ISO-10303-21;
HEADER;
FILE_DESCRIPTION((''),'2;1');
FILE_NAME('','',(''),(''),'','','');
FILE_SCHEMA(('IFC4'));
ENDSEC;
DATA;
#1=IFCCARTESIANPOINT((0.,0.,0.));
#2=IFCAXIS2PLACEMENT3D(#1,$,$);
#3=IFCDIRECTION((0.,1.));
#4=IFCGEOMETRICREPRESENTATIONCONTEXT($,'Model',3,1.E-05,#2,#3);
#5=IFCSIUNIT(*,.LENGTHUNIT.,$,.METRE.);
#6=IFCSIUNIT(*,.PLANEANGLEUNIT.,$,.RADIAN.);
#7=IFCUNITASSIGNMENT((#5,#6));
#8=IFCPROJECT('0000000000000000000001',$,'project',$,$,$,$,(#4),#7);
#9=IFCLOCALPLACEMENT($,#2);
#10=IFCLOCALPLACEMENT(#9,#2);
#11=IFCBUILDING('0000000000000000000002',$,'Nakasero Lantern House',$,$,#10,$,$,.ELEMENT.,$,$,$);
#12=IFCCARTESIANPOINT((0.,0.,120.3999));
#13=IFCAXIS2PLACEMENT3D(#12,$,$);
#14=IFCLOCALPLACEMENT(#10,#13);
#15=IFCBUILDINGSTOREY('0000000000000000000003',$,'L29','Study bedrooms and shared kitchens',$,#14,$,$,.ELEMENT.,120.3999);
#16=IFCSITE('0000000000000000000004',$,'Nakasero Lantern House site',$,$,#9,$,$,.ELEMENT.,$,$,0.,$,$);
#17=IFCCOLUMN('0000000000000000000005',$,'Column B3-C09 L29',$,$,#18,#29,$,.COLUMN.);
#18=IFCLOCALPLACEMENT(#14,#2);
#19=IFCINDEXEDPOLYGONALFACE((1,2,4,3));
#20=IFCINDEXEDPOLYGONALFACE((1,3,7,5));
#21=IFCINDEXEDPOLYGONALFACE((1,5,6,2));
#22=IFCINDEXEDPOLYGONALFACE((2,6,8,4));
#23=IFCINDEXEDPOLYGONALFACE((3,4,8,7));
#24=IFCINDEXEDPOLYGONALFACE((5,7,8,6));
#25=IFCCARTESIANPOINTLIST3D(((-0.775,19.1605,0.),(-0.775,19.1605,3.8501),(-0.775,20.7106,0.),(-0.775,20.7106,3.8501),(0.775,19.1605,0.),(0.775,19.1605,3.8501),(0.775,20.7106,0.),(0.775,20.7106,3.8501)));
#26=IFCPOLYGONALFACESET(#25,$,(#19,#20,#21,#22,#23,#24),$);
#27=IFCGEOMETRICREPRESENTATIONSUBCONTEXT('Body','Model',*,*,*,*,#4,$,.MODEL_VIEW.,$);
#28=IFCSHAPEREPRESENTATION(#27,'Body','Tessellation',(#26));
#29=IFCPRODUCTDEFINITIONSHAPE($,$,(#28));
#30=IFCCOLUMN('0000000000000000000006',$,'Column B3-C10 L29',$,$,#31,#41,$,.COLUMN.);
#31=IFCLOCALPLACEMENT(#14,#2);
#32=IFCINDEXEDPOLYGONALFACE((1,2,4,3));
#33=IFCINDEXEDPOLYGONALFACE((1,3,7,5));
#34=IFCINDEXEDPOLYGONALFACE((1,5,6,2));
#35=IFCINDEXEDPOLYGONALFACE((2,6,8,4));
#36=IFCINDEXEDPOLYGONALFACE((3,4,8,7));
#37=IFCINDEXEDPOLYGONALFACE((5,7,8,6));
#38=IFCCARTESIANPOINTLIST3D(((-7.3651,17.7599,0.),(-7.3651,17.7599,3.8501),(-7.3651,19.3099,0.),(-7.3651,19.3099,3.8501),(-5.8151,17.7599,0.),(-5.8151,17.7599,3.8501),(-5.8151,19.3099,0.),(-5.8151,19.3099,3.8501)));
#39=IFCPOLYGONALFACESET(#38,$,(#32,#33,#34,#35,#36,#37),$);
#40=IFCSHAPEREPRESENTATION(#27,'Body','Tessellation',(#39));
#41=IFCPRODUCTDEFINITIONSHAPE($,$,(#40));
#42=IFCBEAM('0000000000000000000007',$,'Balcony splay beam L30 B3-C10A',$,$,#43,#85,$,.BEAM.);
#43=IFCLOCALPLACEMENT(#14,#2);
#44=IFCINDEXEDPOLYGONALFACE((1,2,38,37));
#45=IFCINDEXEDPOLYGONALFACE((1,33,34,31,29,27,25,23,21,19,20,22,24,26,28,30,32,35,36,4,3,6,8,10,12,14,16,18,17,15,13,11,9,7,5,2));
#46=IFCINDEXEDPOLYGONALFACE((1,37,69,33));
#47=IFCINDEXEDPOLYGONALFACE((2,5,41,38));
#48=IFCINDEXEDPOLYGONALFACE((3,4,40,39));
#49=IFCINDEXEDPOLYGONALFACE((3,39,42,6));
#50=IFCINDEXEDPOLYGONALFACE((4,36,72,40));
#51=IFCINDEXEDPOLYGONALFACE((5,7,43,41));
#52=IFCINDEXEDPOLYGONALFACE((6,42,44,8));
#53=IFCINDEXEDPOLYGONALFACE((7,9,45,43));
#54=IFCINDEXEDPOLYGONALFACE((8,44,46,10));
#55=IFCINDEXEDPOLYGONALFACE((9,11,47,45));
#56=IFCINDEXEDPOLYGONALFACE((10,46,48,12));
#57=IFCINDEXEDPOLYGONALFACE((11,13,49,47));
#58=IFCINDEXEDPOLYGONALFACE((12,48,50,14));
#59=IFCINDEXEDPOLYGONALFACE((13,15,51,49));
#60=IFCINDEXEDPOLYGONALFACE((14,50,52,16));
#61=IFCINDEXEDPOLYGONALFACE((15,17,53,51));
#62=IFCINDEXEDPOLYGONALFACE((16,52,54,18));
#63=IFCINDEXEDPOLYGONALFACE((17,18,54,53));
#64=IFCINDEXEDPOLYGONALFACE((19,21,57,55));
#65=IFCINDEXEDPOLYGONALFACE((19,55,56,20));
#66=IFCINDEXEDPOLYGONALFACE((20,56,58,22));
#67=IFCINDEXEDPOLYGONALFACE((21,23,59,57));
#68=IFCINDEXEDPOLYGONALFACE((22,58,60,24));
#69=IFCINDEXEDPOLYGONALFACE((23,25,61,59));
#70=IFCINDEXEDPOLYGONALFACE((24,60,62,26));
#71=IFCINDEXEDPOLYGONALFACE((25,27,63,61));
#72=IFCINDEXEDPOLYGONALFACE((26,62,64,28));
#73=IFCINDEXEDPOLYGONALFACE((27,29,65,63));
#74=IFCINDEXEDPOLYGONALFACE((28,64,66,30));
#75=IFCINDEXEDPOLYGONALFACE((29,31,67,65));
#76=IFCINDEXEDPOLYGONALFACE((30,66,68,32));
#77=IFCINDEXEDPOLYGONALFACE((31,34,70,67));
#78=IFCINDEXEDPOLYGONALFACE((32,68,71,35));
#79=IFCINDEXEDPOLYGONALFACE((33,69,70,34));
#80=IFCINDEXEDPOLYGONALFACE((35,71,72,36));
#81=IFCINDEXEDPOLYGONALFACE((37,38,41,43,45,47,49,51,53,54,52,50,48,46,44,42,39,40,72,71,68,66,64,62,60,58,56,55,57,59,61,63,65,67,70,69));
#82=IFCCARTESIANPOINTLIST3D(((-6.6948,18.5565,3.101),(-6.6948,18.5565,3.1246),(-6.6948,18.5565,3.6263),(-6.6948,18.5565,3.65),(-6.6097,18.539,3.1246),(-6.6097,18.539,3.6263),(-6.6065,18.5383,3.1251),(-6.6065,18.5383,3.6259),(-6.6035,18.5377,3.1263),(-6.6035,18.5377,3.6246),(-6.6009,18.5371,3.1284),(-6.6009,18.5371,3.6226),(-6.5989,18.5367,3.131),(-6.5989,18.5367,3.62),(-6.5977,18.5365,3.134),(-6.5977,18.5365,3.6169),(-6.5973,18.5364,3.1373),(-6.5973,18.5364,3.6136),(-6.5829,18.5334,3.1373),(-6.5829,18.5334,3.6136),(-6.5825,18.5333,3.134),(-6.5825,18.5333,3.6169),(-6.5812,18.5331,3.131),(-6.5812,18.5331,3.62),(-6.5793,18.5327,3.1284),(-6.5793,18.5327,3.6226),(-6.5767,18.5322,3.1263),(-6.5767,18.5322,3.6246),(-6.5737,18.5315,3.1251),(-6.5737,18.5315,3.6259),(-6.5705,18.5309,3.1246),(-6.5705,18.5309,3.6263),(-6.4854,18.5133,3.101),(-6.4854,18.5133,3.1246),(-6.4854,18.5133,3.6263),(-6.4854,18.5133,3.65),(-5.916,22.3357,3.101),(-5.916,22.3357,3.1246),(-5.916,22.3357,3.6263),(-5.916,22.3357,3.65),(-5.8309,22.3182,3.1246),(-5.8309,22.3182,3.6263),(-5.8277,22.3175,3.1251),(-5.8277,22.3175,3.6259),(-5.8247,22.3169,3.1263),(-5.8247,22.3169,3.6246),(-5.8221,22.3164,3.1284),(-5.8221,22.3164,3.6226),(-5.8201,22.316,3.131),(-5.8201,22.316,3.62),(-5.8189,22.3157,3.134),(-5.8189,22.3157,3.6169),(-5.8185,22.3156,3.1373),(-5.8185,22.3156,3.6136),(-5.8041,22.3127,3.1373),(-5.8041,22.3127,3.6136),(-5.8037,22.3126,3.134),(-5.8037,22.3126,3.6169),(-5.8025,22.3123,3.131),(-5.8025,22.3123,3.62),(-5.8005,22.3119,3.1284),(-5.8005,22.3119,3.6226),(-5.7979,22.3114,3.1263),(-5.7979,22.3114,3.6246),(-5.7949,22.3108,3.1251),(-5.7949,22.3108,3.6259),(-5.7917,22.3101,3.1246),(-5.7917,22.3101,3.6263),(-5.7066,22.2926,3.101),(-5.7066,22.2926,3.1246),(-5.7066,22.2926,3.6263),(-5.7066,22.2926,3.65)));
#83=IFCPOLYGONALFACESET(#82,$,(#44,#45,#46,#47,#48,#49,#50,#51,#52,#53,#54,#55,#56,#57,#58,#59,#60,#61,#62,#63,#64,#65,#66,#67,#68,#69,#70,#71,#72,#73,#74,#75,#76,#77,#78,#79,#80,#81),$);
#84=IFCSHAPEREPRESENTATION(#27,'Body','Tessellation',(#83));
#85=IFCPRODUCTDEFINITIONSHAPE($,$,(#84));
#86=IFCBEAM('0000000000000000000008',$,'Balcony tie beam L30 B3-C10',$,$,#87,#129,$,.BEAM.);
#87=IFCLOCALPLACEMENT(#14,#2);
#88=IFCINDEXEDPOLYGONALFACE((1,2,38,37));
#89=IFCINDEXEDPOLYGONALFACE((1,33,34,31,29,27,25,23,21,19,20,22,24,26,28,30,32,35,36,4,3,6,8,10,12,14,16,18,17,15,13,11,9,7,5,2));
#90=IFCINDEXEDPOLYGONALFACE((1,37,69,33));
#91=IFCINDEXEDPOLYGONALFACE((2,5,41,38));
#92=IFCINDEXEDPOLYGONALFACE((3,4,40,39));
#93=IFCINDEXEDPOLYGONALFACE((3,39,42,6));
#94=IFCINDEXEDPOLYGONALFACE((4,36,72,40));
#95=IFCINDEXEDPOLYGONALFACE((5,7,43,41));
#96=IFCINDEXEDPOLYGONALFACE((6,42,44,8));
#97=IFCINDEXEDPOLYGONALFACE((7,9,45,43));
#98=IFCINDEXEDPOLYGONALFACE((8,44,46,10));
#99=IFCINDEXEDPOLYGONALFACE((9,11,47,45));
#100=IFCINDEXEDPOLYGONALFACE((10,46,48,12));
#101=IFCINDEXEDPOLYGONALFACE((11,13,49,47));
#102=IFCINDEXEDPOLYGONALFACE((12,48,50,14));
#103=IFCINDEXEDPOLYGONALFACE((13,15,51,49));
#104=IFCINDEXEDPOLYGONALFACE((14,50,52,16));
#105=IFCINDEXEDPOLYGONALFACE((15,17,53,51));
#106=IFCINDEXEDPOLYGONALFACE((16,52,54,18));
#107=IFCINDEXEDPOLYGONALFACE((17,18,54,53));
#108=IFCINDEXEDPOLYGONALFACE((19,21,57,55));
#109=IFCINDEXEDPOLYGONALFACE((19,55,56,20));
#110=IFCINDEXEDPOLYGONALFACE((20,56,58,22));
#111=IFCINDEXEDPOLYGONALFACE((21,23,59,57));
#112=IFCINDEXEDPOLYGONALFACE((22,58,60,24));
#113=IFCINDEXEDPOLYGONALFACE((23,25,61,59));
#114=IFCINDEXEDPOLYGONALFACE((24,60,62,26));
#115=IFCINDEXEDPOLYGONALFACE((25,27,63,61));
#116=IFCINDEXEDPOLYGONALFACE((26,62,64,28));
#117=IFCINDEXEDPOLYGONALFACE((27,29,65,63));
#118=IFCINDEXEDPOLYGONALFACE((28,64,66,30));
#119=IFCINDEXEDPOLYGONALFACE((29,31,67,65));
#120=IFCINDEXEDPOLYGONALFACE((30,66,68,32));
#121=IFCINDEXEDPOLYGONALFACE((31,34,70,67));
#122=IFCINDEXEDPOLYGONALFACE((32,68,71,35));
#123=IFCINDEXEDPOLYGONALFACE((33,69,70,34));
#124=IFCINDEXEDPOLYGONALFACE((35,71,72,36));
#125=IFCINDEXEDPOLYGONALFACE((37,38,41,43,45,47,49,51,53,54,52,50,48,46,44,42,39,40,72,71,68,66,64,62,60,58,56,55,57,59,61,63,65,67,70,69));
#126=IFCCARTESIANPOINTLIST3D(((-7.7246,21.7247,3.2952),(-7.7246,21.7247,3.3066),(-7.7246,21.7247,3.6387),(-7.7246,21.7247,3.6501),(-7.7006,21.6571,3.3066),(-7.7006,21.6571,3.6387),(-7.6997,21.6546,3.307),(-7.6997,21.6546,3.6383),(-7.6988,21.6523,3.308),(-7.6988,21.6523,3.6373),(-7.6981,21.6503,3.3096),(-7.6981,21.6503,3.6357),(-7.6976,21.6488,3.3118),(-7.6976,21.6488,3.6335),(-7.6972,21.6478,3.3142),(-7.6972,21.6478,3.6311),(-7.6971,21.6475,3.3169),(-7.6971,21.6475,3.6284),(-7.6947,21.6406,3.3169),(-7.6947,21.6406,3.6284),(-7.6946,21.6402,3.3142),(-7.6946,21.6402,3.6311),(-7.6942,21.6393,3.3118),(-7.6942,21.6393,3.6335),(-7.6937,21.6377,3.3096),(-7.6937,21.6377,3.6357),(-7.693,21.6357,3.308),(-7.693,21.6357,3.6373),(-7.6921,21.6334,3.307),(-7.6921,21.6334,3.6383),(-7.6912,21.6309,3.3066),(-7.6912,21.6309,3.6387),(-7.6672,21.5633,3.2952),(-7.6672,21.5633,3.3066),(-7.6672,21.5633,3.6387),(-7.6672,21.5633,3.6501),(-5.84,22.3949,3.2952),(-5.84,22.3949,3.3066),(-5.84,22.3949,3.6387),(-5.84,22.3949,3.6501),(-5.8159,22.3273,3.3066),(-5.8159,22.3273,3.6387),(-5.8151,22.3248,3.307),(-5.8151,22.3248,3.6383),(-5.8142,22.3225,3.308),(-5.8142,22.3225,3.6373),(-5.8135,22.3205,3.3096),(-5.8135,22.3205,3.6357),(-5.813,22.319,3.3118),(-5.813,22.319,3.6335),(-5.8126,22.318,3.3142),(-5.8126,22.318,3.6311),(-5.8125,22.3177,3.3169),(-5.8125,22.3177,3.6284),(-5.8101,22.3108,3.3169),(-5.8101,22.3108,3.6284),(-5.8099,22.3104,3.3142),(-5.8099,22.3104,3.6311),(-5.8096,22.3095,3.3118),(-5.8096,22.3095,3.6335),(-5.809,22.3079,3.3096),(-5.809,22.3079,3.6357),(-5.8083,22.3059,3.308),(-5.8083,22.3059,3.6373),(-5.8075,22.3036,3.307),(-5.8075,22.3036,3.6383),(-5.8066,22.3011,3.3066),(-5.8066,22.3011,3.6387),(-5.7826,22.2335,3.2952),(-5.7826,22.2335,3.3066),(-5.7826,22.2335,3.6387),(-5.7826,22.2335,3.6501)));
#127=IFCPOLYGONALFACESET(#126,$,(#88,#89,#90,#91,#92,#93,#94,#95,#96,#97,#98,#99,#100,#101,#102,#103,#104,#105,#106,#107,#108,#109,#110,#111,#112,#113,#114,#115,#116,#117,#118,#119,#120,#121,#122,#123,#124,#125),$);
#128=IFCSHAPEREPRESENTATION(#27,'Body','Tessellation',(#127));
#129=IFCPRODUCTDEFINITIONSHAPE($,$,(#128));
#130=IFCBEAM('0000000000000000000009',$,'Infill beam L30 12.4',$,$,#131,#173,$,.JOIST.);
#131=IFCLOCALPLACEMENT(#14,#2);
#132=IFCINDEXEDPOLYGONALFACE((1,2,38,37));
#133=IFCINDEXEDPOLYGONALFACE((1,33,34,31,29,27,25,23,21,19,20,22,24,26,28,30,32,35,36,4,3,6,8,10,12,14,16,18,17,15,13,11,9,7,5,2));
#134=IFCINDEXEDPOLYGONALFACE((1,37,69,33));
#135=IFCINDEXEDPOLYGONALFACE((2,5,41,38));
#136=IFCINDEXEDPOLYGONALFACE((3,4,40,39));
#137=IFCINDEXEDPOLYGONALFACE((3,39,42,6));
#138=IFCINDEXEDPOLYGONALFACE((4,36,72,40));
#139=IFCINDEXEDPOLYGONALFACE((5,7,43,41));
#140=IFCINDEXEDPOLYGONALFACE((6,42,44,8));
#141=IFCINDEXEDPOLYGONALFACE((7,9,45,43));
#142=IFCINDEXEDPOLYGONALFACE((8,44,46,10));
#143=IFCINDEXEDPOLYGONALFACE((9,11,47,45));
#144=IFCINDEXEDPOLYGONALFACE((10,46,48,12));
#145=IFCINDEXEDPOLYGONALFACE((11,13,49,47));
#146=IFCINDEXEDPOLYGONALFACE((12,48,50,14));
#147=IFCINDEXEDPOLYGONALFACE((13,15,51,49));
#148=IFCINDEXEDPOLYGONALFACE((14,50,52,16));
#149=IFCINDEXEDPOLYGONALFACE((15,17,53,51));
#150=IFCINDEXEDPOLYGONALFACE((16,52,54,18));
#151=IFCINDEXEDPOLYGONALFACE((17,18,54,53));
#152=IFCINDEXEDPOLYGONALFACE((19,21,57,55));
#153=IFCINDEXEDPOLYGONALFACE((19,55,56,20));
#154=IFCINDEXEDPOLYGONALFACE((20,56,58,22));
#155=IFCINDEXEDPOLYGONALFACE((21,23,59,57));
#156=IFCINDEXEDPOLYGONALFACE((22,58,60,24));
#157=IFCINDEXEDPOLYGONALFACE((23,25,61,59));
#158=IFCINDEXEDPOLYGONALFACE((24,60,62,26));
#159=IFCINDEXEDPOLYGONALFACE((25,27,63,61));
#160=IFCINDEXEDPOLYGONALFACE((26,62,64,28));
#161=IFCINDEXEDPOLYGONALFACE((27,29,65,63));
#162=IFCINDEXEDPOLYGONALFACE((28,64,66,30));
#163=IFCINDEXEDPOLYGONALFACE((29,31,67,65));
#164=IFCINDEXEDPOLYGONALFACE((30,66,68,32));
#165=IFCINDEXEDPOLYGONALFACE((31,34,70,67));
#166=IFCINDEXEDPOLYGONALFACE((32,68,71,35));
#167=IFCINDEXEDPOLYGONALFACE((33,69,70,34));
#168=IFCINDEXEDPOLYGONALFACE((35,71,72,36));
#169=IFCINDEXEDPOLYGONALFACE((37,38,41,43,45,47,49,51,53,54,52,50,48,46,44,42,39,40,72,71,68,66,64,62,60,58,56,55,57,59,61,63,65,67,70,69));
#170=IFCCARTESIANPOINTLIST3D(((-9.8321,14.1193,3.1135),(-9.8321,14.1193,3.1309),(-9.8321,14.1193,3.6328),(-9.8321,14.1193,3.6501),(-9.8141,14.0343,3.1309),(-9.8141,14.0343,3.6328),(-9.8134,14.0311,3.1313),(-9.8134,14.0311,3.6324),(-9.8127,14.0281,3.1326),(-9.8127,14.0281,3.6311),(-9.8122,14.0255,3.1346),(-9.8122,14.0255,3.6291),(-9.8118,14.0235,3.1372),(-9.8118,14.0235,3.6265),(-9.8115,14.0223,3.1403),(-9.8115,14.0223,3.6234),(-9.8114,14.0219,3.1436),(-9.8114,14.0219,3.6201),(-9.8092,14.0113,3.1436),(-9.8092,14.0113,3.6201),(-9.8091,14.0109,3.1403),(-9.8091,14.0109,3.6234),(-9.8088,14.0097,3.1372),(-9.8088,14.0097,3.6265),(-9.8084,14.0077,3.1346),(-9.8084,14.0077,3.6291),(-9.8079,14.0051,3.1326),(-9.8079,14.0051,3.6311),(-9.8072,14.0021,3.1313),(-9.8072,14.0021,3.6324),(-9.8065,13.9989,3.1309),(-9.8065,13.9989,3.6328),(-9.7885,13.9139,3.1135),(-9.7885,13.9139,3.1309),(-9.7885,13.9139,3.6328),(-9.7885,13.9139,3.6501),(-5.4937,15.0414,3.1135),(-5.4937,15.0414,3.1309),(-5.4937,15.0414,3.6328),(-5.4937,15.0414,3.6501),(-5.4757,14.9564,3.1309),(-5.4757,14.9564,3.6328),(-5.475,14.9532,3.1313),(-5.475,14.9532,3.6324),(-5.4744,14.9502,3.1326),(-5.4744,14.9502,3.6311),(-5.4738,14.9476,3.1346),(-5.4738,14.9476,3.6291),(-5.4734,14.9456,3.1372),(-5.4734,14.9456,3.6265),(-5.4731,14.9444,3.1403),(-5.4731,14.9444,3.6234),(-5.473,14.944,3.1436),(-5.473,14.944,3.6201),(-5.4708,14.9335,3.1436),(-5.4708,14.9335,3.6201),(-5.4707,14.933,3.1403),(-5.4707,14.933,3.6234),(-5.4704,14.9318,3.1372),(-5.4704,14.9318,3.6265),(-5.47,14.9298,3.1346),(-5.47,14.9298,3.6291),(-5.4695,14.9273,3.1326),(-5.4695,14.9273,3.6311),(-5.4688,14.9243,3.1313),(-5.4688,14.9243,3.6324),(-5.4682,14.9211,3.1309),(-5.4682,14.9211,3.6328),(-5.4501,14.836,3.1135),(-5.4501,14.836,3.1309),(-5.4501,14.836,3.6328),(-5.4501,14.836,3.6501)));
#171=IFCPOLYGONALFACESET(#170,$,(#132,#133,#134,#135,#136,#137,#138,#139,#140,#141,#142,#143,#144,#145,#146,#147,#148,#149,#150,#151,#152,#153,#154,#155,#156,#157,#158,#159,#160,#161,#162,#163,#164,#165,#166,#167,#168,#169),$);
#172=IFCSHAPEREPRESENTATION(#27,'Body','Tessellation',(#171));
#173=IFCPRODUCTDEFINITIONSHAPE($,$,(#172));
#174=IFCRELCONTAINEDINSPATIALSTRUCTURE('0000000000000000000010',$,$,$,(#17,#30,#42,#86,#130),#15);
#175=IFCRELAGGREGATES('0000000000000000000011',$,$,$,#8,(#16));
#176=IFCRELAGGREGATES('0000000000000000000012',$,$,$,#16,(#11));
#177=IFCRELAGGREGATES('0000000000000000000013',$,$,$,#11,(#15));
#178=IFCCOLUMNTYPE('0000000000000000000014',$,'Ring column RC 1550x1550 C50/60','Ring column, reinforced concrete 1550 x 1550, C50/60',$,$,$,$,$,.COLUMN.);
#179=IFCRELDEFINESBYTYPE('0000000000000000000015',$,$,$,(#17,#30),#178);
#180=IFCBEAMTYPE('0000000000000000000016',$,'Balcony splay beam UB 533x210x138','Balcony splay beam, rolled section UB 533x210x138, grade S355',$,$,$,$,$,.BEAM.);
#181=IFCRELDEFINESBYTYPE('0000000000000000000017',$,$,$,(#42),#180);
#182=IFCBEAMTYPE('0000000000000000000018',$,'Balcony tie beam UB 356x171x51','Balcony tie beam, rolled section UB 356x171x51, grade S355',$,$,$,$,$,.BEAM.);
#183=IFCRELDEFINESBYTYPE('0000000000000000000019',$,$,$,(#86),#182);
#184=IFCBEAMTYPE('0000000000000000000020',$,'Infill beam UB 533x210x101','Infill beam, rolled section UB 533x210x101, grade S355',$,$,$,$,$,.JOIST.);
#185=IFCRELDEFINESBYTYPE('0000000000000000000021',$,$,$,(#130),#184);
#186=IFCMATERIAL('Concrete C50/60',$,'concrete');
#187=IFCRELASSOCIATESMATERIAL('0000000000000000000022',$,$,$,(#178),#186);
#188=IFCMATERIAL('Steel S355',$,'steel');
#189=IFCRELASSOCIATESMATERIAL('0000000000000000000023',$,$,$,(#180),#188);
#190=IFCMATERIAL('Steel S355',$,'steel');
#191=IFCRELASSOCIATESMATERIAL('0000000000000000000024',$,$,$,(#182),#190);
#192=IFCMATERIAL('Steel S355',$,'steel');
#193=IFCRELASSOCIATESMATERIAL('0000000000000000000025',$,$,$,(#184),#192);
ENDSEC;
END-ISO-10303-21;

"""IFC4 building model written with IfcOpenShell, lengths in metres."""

from ifc_helpers import new_model, si_unit, direction, frame, origin, origin_2d, place, context, subcontext, project, spatial, rectangle, i_section, extrude, material, material_profile, profile_set, type_object, element, save


model = new_model("IFC4")

# Units and contexts
model_context = context("Model", 3, precision=1e-05, world=origin(), true_north=direction((0.0, 1.0)))
body_context = subcontext(model_context, "Body", "Model", "MODEL_VIEW")
ifc_project = project(units=[si_unit("LENGTHUNIT", "METRE"), si_unit("PLANEANGLEUNIT", "RADIAN")], contexts=[model_context])

# Site, building, storey
site_placement = place(None, origin())
site = spatial("IfcSite", under=ifc_project, at=site_placement, Name="Nakasero Lantern House site", CompositionType="ELEMENT", RefElevation=0.0)
building_placement = place(site_placement, origin())
building = spatial("IfcBuilding", under=site, at=building_placement, Name="Nakasero Lantern House", CompositionType="ELEMENT")
storey_placement = place(building_placement, frame((0.0, 0.0, 120.3999)))
storey = spatial("IfcBuildingStorey", under=building, at=storey_placement, Name="L29", Description="Study bedrooms and shared kitchens", CompositionType="ELEMENT", Elevation=120.3999)

# Columns
ifc_material_1 = material(Name="Concrete C50/60", Category="concrete")
ifc_material_profile_1 = material_profile(ifc_material_1, rectangle(XDim=1.55, YDim=1.55, at=origin_2d()), Name="RC 1550x1550")
ifc_profile_set_1 = profile_set([ifc_material_profile_1], Name="Concrete C50/60")
column_type = type_object("IfcColumnType", Name="Ring column RC 1550x1550 C50/60", Description="Ring column, reinforced concrete 1550 x 1550, C50/60", PredefinedType="COLUMN", material=ifc_profile_set_1)
for number, where, z_axis, x_axis, name in (
    (1, (0.0, 19.9355, 0.0), (0.0, 0.0, 1.0), (1.0, 0.0, 0.0), "Column B3-C09 L29"),
    (2, (-6.5901, 18.5349, 0.0), (0.0, 0.0, 1.0), (1.0, 0.0, 0.0), "Column B3-C10 L29"),
):
    element("IfcColumn", number, at=place(storey_placement, frame(where, z_axis=z_axis, x_axis=x_axis)), inside=storey, type_object=column_type, Name=name, PredefinedType="COLUMN", context=body_context, shape_type="SweptSolid", body=[
        extrude(rectangle(XDim=1.55, YDim=1.55, at=origin_2d()), origin(), (0.0, 0.0, 1.0), 3.8501),
    ])

# Beams
ifc_material_2 = material(Name="Steel S355", Category="steel")
ifc_material_profile_2 = material_profile(ifc_material_2, i_section(OverallWidth=0.2139, OverallDepth=0.5491, WebThickness=0.0146, FlangeThickness=0.0237, FilletRadius=0.0127, at=origin_2d()), Name="UB 533x210x138")
ifc_profile_set_2 = profile_set([ifc_material_profile_2], Name="Steel S355")
beam_type_1 = type_object("IfcBeamType", Name="Balcony splay beam UB 533x210x138", Description="Balcony splay beam, rolled section UB 533x210x138, grade S355", PredefinedType="BEAM", material=ifc_profile_set_2)
beam_1_placement = place(storey_placement, frame((-6.5901, 18.5349, 3.3755), z_axis=(0.201831, 0.97942, 0.0), x_axis=(-0.97942, 0.201831, 0.0)))
element("IfcBeam", 3, at=beam_1_placement, inside=storey, type_object=beam_type_1, Name="Balcony splay beam L30 B3-C10A", PredefinedType="BEAM", context=body_context, shape_type="SweptSolid", body=[
    extrude(i_section(OverallWidth=0.2139, OverallDepth=0.5491, WebThickness=0.0146, FlangeThickness=0.0237, FilletRadius=0.0127, at=origin_2d()), origin(), (0.0, 0.0, 1.0), 3.8586),
])
ifc_material_3 = material(Name="Steel S355", Category="steel")
ifc_material_profile_3 = material_profile(ifc_material_3, i_section(OverallWidth=0.1714, OverallDepth=0.355, WebThickness=0.0073, FlangeThickness=0.0115, FilletRadius=0.0103, at=origin_2d()), Name="UB 356x171x51")
ifc_profile_set_3 = profile_set([ifc_material_profile_3], Name="Steel S355")
beam_type_2 = type_object("IfcBeamType", Name="Balcony tie beam UB 356x171x51", Description="Balcony tie beam, rolled section UB 356x171x51, grade S355", PredefinedType="BEAM", material=ifc_profile_set_3)
beam_2_placement = place(storey_placement, frame((-5.8113, 22.3142, 3.4727), z_axis=(-0.942197, -0.33506, 0.0), x_axis=(0.33506, -0.942197, 0.0)))
element("IfcBeam", 4, at=beam_2_placement, inside=storey, type_object=beam_type_2, Name="Balcony tie beam L30 B3-C10", PredefinedType="BEAM", context=body_context, shape_type="SweptSolid", body=[
    extrude(i_section(OverallWidth=0.1714, OverallDepth=0.355, WebThickness=0.0073, FlangeThickness=0.0115, FilletRadius=0.0103, at=origin_2d()), origin(), (0.0, 0.0, 1.0), 2.0002),
])
ifc_material_4 = material(Name="Steel S355", Category="steel")
ifc_material_profile_4 = material_profile(ifc_material_4, i_section(OverallWidth=0.21, OverallDepth=0.5366, WebThickness=0.0107, FlangeThickness=0.0173, FilletRadius=0.0127, at=origin_2d()), Name="UB 533x210x101")
ifc_profile_set_4 = profile_set([ifc_material_profile_4], Name="Steel S355")
beam_type_3 = type_object("IfcBeamType", Name="Infill beam UB 533x210x101", Description="Infill beam, rolled section UB 533x210x101, grade S355", PredefinedType="JOIST", material=ifc_profile_set_4)
beam_3_placement = place(storey_placement, frame((-9.8103, 14.0166, 3.3818), z_axis=(0.978149, 0.207905, 0.0), x_axis=(-0.207905, 0.978149, 0.0)))
element("IfcBeam", 5, at=beam_3_placement, inside=storey, type_object=beam_type_3, Name="Infill beam L30 12.4", PredefinedType="JOIST", context=body_context, shape_type="SweptSolid", body=[
    extrude(i_section(OverallWidth=0.21, OverallDepth=0.5366, WebThickness=0.0107, FlangeThickness=0.0173, FilletRadius=0.0127, at=origin_2d()), origin(), (0.0, 0.0, 1.0), 4.4353),
])

save(model, "model.ifc")
